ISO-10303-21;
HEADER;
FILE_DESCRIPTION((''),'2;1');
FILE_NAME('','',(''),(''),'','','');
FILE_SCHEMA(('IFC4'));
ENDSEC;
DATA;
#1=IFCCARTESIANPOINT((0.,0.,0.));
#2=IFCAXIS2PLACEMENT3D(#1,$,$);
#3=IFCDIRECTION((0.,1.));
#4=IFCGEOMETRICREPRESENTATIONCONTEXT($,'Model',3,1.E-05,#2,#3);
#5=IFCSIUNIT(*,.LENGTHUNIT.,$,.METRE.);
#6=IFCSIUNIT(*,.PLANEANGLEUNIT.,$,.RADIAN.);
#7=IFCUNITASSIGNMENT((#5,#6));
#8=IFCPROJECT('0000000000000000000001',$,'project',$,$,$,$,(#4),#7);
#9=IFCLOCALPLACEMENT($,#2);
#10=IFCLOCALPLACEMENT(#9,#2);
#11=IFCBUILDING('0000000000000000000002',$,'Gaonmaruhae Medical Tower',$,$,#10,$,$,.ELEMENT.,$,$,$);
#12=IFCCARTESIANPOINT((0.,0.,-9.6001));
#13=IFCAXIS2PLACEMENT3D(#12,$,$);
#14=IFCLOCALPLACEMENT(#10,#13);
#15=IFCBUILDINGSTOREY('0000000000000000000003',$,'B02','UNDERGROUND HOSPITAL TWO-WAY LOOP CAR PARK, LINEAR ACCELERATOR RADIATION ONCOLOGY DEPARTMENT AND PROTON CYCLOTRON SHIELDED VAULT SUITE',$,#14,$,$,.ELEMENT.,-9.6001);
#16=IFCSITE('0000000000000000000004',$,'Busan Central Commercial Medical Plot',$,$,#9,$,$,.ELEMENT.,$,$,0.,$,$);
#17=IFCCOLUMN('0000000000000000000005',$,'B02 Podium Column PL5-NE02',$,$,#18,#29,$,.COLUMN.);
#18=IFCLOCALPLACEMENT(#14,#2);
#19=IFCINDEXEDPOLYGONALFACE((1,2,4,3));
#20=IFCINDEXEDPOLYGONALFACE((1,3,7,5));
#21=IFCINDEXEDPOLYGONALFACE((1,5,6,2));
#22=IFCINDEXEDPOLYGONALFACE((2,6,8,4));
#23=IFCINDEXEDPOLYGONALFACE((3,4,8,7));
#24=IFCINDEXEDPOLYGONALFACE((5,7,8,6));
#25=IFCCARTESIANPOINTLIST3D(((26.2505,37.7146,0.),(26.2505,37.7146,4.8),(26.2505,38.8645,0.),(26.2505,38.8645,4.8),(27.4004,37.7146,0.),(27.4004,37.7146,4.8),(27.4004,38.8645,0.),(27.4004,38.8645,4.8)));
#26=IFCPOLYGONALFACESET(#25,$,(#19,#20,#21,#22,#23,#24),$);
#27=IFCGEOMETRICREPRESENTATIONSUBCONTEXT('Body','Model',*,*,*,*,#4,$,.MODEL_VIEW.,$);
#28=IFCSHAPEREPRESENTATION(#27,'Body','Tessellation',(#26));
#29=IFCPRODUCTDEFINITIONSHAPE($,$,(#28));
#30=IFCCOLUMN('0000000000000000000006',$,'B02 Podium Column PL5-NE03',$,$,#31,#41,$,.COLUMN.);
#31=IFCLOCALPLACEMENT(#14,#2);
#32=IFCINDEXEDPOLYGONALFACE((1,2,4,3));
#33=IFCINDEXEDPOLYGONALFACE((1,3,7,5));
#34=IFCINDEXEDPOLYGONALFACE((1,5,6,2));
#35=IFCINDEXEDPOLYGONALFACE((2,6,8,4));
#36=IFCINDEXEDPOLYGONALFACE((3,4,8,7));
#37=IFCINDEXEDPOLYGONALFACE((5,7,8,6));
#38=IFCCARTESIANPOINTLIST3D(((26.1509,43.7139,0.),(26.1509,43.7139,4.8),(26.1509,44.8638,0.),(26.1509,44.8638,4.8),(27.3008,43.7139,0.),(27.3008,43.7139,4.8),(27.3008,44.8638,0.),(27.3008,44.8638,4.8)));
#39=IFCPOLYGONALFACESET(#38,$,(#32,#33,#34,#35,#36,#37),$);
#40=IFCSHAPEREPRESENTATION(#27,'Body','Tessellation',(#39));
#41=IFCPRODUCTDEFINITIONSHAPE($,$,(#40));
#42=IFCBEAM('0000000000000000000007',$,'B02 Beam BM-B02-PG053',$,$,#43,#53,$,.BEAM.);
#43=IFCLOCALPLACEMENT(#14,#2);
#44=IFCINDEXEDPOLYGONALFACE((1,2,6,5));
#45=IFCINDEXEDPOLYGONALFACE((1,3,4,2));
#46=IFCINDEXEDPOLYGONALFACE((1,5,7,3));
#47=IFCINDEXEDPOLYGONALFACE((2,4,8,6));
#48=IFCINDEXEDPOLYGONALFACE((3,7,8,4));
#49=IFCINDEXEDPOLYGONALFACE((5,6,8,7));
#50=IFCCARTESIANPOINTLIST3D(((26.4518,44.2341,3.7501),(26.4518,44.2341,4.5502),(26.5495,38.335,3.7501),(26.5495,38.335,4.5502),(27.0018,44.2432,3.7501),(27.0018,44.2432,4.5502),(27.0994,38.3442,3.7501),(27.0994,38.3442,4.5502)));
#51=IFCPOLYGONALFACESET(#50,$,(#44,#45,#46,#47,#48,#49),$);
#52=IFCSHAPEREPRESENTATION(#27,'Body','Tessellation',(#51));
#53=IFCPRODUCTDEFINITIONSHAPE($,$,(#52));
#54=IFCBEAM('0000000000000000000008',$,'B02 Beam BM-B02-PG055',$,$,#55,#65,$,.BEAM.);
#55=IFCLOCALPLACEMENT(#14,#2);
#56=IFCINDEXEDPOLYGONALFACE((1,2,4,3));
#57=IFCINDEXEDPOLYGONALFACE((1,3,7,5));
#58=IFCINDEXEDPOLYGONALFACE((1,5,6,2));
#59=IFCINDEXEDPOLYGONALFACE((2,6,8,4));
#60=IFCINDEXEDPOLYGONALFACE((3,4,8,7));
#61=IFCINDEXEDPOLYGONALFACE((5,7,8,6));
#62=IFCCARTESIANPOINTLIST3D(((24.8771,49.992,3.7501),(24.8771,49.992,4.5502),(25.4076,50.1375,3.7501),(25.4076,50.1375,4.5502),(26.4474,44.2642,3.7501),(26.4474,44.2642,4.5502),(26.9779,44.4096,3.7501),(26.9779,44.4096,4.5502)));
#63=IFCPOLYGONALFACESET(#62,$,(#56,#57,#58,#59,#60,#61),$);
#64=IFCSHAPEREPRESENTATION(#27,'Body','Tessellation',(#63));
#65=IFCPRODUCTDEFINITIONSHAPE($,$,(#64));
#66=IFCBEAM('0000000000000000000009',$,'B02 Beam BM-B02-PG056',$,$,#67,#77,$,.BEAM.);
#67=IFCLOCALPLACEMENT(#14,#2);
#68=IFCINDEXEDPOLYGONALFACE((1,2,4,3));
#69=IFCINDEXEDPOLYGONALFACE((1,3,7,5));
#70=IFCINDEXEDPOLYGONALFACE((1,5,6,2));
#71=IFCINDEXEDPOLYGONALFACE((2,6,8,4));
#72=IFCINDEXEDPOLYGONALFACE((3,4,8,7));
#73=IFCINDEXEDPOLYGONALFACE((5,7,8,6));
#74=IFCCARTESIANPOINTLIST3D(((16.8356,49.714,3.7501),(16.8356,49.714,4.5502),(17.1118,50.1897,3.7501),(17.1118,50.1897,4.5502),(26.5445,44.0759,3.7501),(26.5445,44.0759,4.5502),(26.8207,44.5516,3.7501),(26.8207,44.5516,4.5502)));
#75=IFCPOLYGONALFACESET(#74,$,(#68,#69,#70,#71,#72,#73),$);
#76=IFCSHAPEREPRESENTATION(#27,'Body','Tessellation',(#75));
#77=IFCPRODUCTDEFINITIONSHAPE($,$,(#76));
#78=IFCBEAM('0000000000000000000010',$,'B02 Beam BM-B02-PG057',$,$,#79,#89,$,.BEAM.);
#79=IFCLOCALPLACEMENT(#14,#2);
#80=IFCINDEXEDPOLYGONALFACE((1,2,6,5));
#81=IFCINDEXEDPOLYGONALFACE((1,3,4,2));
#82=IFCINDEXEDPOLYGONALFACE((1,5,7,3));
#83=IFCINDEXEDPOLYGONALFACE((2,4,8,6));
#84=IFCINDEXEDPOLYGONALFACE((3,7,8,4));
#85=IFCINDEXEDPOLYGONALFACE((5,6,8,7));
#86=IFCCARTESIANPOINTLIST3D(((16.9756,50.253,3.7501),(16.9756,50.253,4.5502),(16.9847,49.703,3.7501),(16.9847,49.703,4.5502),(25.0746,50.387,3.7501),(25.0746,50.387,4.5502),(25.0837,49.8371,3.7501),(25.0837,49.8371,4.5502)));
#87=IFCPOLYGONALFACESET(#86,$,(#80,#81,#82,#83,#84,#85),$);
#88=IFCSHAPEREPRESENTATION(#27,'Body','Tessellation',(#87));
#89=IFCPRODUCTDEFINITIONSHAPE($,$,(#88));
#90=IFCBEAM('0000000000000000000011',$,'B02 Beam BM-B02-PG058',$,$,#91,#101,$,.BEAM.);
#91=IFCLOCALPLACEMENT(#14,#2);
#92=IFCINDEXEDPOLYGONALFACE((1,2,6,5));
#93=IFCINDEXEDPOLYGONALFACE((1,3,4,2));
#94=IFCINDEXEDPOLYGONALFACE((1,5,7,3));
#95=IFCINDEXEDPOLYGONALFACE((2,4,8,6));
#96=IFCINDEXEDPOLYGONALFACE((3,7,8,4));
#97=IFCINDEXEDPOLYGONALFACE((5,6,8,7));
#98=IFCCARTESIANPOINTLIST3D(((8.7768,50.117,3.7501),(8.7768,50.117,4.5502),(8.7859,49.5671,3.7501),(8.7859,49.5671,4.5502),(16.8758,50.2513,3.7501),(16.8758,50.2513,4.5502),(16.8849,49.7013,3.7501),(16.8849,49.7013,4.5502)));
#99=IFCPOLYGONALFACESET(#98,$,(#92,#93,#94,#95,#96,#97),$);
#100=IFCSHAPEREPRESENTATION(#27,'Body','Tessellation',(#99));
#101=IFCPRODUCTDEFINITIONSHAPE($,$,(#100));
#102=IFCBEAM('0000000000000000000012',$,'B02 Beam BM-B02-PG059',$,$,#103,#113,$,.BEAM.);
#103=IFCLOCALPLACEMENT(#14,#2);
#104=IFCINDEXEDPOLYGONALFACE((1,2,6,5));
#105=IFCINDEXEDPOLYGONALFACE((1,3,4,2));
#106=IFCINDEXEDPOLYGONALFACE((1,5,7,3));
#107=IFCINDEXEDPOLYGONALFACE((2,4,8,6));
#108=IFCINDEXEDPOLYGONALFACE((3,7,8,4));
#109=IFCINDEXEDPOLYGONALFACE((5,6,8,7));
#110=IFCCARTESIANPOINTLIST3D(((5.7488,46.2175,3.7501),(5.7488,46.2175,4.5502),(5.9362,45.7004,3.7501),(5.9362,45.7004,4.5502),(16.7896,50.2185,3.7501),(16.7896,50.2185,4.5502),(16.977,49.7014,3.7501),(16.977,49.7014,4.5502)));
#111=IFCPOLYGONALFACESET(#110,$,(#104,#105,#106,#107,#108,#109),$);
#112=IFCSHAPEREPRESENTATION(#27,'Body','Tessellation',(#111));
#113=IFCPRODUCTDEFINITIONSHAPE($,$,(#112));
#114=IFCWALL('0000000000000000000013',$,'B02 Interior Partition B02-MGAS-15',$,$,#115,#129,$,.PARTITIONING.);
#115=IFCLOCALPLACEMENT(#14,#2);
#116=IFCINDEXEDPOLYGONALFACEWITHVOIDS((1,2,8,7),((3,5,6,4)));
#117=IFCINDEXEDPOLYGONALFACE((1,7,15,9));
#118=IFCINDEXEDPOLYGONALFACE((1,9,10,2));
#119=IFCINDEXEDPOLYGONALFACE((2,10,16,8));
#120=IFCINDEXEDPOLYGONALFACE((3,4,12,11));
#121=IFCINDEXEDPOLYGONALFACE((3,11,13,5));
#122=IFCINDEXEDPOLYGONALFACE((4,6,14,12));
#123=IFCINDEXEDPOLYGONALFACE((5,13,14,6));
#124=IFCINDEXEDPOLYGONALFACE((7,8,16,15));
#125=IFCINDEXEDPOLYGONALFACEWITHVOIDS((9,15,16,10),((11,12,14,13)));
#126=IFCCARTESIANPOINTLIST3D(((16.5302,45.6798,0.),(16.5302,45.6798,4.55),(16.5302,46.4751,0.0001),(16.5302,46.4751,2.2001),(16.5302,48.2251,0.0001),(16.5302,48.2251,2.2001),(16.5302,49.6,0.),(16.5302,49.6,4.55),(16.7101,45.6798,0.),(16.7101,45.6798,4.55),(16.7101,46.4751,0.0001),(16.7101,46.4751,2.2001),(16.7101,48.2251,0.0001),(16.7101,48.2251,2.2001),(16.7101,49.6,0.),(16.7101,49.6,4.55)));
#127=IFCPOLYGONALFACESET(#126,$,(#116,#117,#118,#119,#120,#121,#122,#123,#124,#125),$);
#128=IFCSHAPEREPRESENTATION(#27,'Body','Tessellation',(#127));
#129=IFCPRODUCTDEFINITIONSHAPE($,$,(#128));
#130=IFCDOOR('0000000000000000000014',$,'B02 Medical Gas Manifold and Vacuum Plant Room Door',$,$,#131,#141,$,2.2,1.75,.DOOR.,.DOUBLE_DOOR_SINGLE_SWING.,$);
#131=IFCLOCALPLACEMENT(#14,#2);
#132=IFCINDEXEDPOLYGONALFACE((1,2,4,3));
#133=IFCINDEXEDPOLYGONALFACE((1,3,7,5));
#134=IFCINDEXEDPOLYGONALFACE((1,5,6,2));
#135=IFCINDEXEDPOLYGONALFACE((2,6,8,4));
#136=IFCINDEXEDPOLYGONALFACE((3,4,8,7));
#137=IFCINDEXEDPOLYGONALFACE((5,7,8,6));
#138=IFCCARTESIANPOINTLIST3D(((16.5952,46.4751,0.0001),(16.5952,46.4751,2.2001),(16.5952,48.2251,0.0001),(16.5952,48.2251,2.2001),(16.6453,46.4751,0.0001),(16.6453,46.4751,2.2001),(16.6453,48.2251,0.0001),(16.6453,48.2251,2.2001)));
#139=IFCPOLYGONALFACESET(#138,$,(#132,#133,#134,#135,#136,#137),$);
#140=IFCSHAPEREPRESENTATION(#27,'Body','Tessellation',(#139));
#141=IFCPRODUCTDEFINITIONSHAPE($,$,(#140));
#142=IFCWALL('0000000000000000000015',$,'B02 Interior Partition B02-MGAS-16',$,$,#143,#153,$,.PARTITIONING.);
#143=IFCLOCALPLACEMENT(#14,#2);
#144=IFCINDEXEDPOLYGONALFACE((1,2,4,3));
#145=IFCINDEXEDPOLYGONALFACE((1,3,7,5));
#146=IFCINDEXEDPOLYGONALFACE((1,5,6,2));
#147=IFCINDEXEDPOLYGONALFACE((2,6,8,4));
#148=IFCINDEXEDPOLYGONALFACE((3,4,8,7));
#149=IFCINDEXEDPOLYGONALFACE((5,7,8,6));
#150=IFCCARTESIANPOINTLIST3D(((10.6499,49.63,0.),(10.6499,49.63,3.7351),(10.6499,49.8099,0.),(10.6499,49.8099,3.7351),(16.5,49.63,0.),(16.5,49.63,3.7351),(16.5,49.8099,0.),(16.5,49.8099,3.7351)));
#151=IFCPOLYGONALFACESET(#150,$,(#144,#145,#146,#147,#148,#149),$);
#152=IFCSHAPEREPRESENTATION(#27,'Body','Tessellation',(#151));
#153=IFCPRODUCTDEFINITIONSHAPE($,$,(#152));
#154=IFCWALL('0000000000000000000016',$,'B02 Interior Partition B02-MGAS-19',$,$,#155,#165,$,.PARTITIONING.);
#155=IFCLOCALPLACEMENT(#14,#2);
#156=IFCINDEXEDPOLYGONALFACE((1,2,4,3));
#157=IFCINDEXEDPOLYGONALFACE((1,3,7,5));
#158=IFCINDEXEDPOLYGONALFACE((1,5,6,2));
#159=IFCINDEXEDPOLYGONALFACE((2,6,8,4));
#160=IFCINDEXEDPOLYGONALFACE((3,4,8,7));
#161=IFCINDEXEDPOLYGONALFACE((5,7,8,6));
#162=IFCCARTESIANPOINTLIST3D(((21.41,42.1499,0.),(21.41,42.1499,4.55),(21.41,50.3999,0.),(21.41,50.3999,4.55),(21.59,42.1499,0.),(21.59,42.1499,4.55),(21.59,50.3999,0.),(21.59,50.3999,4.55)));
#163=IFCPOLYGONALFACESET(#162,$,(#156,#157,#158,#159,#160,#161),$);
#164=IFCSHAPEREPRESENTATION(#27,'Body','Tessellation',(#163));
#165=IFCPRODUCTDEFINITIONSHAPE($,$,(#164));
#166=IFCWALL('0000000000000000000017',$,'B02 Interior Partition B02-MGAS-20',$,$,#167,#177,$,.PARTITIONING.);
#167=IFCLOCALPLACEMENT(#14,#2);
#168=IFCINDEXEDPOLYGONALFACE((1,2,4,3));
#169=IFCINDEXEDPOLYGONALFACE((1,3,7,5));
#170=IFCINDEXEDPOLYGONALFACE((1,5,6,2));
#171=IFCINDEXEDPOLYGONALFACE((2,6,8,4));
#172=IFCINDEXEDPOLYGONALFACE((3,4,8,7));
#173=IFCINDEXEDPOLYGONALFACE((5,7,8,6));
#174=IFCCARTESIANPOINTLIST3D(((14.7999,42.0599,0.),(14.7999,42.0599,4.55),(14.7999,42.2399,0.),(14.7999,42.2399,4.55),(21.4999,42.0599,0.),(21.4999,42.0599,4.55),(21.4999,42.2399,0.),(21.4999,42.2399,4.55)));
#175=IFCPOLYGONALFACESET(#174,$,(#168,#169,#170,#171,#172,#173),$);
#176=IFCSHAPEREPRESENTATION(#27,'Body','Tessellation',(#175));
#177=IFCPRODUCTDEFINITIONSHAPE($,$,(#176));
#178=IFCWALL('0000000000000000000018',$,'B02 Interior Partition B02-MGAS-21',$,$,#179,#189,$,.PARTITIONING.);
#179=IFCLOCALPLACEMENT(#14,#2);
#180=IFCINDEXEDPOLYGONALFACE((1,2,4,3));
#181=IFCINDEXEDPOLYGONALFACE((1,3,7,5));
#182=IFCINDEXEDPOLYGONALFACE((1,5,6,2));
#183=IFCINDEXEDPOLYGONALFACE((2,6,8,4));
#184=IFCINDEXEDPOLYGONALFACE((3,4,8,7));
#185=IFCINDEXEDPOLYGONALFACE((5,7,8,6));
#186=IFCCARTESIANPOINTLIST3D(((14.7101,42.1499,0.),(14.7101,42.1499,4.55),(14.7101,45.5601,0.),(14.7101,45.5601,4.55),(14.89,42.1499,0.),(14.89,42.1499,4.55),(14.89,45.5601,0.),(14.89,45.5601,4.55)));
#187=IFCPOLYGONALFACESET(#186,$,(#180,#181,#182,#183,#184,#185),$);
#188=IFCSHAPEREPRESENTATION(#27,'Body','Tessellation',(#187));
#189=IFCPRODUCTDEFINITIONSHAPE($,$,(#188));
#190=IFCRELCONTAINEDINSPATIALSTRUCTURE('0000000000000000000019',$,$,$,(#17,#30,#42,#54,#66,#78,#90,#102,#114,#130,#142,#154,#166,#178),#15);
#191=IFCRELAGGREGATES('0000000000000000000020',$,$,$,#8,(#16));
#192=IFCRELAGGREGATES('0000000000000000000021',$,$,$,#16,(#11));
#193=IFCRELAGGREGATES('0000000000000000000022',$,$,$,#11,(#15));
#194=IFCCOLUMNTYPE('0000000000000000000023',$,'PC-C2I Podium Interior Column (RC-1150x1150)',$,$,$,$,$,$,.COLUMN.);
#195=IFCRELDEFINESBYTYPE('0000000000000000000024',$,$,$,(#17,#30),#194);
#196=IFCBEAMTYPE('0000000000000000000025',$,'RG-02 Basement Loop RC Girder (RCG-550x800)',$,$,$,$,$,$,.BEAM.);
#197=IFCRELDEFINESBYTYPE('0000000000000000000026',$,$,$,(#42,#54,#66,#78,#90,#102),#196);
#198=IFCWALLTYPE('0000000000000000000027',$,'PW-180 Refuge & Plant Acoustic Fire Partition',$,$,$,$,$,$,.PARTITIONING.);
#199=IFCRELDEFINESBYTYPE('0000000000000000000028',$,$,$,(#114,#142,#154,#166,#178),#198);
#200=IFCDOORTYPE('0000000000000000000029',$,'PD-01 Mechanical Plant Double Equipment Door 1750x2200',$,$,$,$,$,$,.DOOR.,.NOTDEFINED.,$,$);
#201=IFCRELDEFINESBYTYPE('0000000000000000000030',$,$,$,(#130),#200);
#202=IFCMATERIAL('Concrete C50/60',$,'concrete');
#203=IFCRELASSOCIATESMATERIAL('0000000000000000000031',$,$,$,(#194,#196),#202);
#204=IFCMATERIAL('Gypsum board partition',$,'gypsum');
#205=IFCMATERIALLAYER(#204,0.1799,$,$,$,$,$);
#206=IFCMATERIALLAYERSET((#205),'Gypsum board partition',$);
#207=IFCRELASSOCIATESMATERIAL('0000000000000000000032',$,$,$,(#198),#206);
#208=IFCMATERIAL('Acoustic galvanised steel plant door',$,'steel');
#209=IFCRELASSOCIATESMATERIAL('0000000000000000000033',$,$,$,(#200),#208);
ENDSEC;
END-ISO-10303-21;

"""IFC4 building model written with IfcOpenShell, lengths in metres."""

from ifc_helpers import new_model, si_unit, direction, frame, frame_2d, origin, origin_2d, place, context, subcontext, project, spatial, rectangle, extrude, material, layer, layer_set, material_profile, profile_set, type_object, element, fill, save


model = new_model("IFC4")

# Units and contexts
model_context = context("Model", 3, precision=1e-05, world=origin(), true_north=direction((0.0, 1.0)))
body_context = subcontext(model_context, "Body", "Model", "MODEL_VIEW")
ifc_project = project(units=[si_unit("LENGTHUNIT", "METRE"), si_unit("PLANEANGLEUNIT", "RADIAN")], contexts=[model_context])

# Site, building, storey
site_placement = place(None, origin())
site = spatial("IfcSite", under=ifc_project, at=site_placement, Name="Busan Central Commercial Medical Plot", CompositionType="ELEMENT", RefElevation=0.0)
building_placement = place(site_placement, origin())
building = spatial("IfcBuilding", under=site, at=building_placement, Name="Gaonmaruhae Medical Tower", CompositionType="ELEMENT")
storey_placement = place(building_placement, frame((0.0, 0.0, -9.6001)))
storey = spatial("IfcBuildingStorey", under=building, at=storey_placement, Name="B02", Description="UNDERGROUND HOSPITAL TWO-WAY LOOP CAR PARK, LINEAR ACCELERATOR RADIATION ONCOLOGY DEPARTMENT AND PROTON CYCLOTRON SHIELDED VAULT SUITE", CompositionType="ELEMENT", Elevation=-9.6001)

# Shared definitions
ifc_material_1 = material(Name="Concrete C50/60", Category="concrete")

# Columns
ifc_material_profile_1 = material_profile(ifc_material_1, rectangle(XDim=1.1499, YDim=1.1499, at=origin_2d()), Name="RC-1150x1150")
ifc_profile_set_1 = profile_set([ifc_material_profile_1], Name="Concrete C50/60")
column_type_1 = type_object("IfcColumnType", Name="PC-C2I Podium Interior Column (RC-1150x1150)", PredefinedType="COLUMN", material=ifc_profile_set_1)
for number, where, z_axis, x_axis, name in (
    (1, (26.8254, 38.2896, 0.0), (0.0, 0.0, 1.0), (1.0, 0.0, 0.0), "B02 Podium Column PL5-NE02"),
    (2, (26.7258, 44.2888, 0.0), (0.0, 0.0, 1.0), (1.0, 0.0, 0.0), "B02 Podium Column PL5-NE03"),
):
    element("IfcColumn", number, at=place(storey_placement, frame(where, z_axis=z_axis, x_axis=x_axis)), inside=storey, type_object=column_type_1, Name=name, PredefinedType="COLUMN", context=body_context, shape_type="SweptSolid", body=[
        extrude(rectangle(XDim=1.1499, YDim=1.1499, at=origin_2d()), origin(), (0.0, 0.0, 1.0), 4.8),
    ])

# Beams
ifc_material_profile_2 = material_profile(ifc_material_1, rectangle(XDim=0.55, YDim=0.8, at=origin_2d()), Name="RCG-550x800")
ifc_profile_set_2 = profile_set([ifc_material_profile_2], Name="Concrete C50/60")
beam_type = type_object("IfcBeamType", Name="RG-02 Basement Loop RC Girder (RCG-550x800)", PredefinedType="BEAM", material=ifc_profile_set_2)
beam_1_placement = place(storey_placement, frame((26.8245, 38.3396, 4.1501), z_axis=(-0.016552, 0.999863, 0.0), x_axis=(-0.999863, -0.016552, 0.0)))
element("IfcBeam", 3, at=beam_1_placement, inside=storey, type_object=beam_type, Name="B02 Beam BM-B02-PG053", PredefinedType="BEAM", context=body_context, shape_type="SweptSolid", body=[
    extrude(rectangle(XDim=0.55, YDim=0.8, at=origin_2d()), origin(), (0.0, 0.0, 1.0), 5.8999),
])
beam_2_placement = place(storey_placement, frame((26.7126, 44.3369, 4.1501), z_axis=(-0.264401, 0.964413, 0.0), x_axis=(-0.964413, -0.264401, 0.0)))
element("IfcBeam", 4, at=beam_2_placement, inside=storey, type_object=beam_type, Name="B02 Beam BM-B02-PG055", PredefinedType="BEAM", context=body_context, shape_type="SweptSolid", body=[
    extrude(rectangle(XDim=0.55, YDim=0.8, at=origin_2d()), origin(), (0.0, 0.0, 1.0), 5.9392),
])
beam_3_placement = place(storey_placement, frame((26.6826, 44.3137, 4.1501), z_axis=(-0.864762, 0.502183, 0.0), x_axis=(-0.502183, -0.864762, 0.0)))
element("IfcBeam", 5, at=beam_3_placement, inside=storey, type_object=beam_type, Name="B02 Beam BM-B02-PG056", PredefinedType="BEAM", context=body_context, shape_type="SweptSolid", body=[
    extrude(rectangle(XDim=0.55, YDim=0.8, at=origin_2d()), origin(), (0.0, 0.0, 1.0), 11.2273),
])
for number, where, z_axis, x_axis, name in (
    (6, (25.0791, 50.1121, 4.1501), (-0.999863, -0.016547, 0.0), (0.016547, -0.999863, 0.0), "B02 Beam BM-B02-PG057"),
    (7, (16.8804, 49.9763, 4.1501), (-0.999863, -0.016577, 0.0), (0.016577, -0.999863, 0.0), "B02 Beam BM-B02-PG058"),
):
    element("IfcBeam", number, at=place(storey_placement, frame(where, z_axis=z_axis, x_axis=x_axis)), inside=storey, type_object=beam_type, Name=name, PredefinedType="BEAM", context=body_context, shape_type="SweptSolid", body=[
        extrude(rectangle(XDim=0.55, YDim=0.8, at=origin_2d()), origin(), (0.0, 0.0, 1.0), 8.1001),
    ])
beam_4_placement = place(storey_placement, frame((16.8833, 49.96, 4.1501), z_axis=(-0.940172, -0.340701, 0.0), x_axis=(0.340701, -0.940172, 0.0)))
element("IfcBeam", 8, at=beam_4_placement, inside=storey, type_object=beam_type, Name="B02 Beam BM-B02-PG059", PredefinedType="BEAM", context=body_context, shape_type="SweptSolid", body=[
    extrude(rectangle(XDim=0.55, YDim=0.8, at=origin_2d()), origin(), (0.0, 0.0, 1.0), 11.7434),
])

# Wall, opening, door
ifc_material_2 = material(Name="Gypsum board partition", Category="gypsum")
ifc_layer_1 = layer(ifc_material_2, 0.1799)
ifc_layer_set_1 = layer_set([ifc_layer_1], Name="Gypsum board partition")
wall_type_1 = type_object("IfcWallType", Name="PW-180 Refuge & Plant Acoustic Fire Partition", PredefinedType="PARTITIONING", material=ifc_layer_set_1)
wall_1_placement = place(storey_placement, frame((16.6201, 45.6799, 0.0), z_axis=(0.0, 0.0, 1.0), x_axis=(0.0, 1.0, 0.0)))
wall_1 = element("IfcWall", 9, at=wall_1_placement, inside=storey, type_object=wall_type_1, Name="B02 Interior Partition B02-MGAS-15", PredefinedType="PARTITIONING", context=body_context, shape_type="SweptSolid", body=[
    extrude(rectangle(XDim=3.9202, YDim=0.1799, at=frame_2d((1.96, 0.0))), origin(), (0.0, 0.0, 1.0), 4.55),
])
opening_placement = place(wall_1_placement, frame((0.7952, 0.0, 0.0)))
opening = element("IfcOpeningElement", 10, at=opening_placement, cuts=wall_1, PredefinedType="OPENING", context=body_context, shape_type="SweptSolid", body=[
    extrude(rectangle(XDim=1.75, YDim=2.2, at=frame_2d((0.875, 1.1001))), frame((0.0, 0.1001, 0.0), z_axis=(0.0, -1.0, 0.0), x_axis=(1.0, 0.0, 0.0)), (0.0, 0.0, 1.0), 0.2),
])
ifc_material_3 = material(Name="Acoustic galvanised steel plant door", Category="steel")
door_type = type_object("IfcDoorType", Name="PD-01 Mechanical Plant Double Equipment Door 1750x2200", OperationType="NOTDEFINED", PredefinedType="DOOR", material=ifc_material_3)
door_placement = place(opening_placement, origin())
door = element("IfcDoor", 11, at=door_placement, inside=storey, type_object=door_type, Name="B02 Medical Gas Manifold and Vacuum Plant Room Door", OperationType="DOUBLE_DOOR_SINGLE_SWING", OverallHeight=2.2, OverallWidth=1.75, PredefinedType="DOOR", context=body_context, shape_type="SweptSolid", body=[
    extrude(rectangle(XDim=1.75, YDim=2.2, at=frame_2d((0.875, 1.1001))), frame((0.0, 0.0249, 0.0), z_axis=(0.0, -1.0, 0.0), x_axis=(1.0, 0.0, 0.0)), (0.0, 0.0, 1.0), 0.05),
])
fill(opening, door)

# Walls
wall_2_placement = place(storey_placement, frame((16.5, 49.72, 0.0), z_axis=(0.0, 0.0, 1.0), x_axis=(-1.0, 0.0, 0.0)))
element("IfcWall", 12, at=wall_2_placement, inside=storey, type_object=wall_type_1, Name="B02 Interior Partition B02-MGAS-16", PredefinedType="PARTITIONING", context=body_context, shape_type="SweptSolid", body=[
    extrude(rectangle(XDim=5.8501, YDim=0.1799, at=frame_2d((2.925, 0.0))), origin(), (0.0, 0.0, 1.0), 3.7351),
])
wall_3_placement = place(storey_placement, frame((21.5, 50.3999, 0.0), z_axis=(0.0, 0.0, 1.0), x_axis=(0.0, -1.0, 0.0)))
element("IfcWall", 13, at=wall_3_placement, inside=storey, type_object=wall_type_1, Name="B02 Interior Partition B02-MGAS-19", PredefinedType="PARTITIONING", context=body_context, shape_type="SweptSolid", body=[
    extrude(rectangle(XDim=8.25, YDim=0.1799, at=frame_2d((4.125, 0.0))), origin(), (0.0, 0.0, 1.0), 4.55),
])
wall_4_placement = place(storey_placement, frame((21.5, 42.1499, 0.0), z_axis=(0.0, 0.0, 1.0), x_axis=(-1.0, 0.0, 0.0)))
element("IfcWall", 14, at=wall_4_placement, inside=storey, type_object=wall_type_1, Name="B02 Interior Partition B02-MGAS-20", PredefinedType="PARTITIONING", context=body_context, shape_type="SweptSolid", body=[
    extrude(rectangle(XDim=6.7, YDim=0.1799, at=frame_2d((3.3501, 0.0))), origin(), (0.0, 0.0, 1.0), 4.55),
])
wall_5_placement = place(storey_placement, frame((14.8, 42.1499, 0.0), z_axis=(0.0, 0.0, 1.0), x_axis=(0.0, 1.0, 0.0)))
element("IfcWall", 15, at=wall_5_placement, inside=storey, type_object=wall_type_1, Name="B02 Interior Partition B02-MGAS-21", PredefinedType="PARTITIONING", context=body_context, shape_type="SweptSolid", body=[
    extrude(rectangle(XDim=3.4102, YDim=0.1799, at=frame_2d((1.7051, 0.0))), origin(), (0.0, 0.0, 1.0), 4.55),
])

save(model, "model.ifc")
